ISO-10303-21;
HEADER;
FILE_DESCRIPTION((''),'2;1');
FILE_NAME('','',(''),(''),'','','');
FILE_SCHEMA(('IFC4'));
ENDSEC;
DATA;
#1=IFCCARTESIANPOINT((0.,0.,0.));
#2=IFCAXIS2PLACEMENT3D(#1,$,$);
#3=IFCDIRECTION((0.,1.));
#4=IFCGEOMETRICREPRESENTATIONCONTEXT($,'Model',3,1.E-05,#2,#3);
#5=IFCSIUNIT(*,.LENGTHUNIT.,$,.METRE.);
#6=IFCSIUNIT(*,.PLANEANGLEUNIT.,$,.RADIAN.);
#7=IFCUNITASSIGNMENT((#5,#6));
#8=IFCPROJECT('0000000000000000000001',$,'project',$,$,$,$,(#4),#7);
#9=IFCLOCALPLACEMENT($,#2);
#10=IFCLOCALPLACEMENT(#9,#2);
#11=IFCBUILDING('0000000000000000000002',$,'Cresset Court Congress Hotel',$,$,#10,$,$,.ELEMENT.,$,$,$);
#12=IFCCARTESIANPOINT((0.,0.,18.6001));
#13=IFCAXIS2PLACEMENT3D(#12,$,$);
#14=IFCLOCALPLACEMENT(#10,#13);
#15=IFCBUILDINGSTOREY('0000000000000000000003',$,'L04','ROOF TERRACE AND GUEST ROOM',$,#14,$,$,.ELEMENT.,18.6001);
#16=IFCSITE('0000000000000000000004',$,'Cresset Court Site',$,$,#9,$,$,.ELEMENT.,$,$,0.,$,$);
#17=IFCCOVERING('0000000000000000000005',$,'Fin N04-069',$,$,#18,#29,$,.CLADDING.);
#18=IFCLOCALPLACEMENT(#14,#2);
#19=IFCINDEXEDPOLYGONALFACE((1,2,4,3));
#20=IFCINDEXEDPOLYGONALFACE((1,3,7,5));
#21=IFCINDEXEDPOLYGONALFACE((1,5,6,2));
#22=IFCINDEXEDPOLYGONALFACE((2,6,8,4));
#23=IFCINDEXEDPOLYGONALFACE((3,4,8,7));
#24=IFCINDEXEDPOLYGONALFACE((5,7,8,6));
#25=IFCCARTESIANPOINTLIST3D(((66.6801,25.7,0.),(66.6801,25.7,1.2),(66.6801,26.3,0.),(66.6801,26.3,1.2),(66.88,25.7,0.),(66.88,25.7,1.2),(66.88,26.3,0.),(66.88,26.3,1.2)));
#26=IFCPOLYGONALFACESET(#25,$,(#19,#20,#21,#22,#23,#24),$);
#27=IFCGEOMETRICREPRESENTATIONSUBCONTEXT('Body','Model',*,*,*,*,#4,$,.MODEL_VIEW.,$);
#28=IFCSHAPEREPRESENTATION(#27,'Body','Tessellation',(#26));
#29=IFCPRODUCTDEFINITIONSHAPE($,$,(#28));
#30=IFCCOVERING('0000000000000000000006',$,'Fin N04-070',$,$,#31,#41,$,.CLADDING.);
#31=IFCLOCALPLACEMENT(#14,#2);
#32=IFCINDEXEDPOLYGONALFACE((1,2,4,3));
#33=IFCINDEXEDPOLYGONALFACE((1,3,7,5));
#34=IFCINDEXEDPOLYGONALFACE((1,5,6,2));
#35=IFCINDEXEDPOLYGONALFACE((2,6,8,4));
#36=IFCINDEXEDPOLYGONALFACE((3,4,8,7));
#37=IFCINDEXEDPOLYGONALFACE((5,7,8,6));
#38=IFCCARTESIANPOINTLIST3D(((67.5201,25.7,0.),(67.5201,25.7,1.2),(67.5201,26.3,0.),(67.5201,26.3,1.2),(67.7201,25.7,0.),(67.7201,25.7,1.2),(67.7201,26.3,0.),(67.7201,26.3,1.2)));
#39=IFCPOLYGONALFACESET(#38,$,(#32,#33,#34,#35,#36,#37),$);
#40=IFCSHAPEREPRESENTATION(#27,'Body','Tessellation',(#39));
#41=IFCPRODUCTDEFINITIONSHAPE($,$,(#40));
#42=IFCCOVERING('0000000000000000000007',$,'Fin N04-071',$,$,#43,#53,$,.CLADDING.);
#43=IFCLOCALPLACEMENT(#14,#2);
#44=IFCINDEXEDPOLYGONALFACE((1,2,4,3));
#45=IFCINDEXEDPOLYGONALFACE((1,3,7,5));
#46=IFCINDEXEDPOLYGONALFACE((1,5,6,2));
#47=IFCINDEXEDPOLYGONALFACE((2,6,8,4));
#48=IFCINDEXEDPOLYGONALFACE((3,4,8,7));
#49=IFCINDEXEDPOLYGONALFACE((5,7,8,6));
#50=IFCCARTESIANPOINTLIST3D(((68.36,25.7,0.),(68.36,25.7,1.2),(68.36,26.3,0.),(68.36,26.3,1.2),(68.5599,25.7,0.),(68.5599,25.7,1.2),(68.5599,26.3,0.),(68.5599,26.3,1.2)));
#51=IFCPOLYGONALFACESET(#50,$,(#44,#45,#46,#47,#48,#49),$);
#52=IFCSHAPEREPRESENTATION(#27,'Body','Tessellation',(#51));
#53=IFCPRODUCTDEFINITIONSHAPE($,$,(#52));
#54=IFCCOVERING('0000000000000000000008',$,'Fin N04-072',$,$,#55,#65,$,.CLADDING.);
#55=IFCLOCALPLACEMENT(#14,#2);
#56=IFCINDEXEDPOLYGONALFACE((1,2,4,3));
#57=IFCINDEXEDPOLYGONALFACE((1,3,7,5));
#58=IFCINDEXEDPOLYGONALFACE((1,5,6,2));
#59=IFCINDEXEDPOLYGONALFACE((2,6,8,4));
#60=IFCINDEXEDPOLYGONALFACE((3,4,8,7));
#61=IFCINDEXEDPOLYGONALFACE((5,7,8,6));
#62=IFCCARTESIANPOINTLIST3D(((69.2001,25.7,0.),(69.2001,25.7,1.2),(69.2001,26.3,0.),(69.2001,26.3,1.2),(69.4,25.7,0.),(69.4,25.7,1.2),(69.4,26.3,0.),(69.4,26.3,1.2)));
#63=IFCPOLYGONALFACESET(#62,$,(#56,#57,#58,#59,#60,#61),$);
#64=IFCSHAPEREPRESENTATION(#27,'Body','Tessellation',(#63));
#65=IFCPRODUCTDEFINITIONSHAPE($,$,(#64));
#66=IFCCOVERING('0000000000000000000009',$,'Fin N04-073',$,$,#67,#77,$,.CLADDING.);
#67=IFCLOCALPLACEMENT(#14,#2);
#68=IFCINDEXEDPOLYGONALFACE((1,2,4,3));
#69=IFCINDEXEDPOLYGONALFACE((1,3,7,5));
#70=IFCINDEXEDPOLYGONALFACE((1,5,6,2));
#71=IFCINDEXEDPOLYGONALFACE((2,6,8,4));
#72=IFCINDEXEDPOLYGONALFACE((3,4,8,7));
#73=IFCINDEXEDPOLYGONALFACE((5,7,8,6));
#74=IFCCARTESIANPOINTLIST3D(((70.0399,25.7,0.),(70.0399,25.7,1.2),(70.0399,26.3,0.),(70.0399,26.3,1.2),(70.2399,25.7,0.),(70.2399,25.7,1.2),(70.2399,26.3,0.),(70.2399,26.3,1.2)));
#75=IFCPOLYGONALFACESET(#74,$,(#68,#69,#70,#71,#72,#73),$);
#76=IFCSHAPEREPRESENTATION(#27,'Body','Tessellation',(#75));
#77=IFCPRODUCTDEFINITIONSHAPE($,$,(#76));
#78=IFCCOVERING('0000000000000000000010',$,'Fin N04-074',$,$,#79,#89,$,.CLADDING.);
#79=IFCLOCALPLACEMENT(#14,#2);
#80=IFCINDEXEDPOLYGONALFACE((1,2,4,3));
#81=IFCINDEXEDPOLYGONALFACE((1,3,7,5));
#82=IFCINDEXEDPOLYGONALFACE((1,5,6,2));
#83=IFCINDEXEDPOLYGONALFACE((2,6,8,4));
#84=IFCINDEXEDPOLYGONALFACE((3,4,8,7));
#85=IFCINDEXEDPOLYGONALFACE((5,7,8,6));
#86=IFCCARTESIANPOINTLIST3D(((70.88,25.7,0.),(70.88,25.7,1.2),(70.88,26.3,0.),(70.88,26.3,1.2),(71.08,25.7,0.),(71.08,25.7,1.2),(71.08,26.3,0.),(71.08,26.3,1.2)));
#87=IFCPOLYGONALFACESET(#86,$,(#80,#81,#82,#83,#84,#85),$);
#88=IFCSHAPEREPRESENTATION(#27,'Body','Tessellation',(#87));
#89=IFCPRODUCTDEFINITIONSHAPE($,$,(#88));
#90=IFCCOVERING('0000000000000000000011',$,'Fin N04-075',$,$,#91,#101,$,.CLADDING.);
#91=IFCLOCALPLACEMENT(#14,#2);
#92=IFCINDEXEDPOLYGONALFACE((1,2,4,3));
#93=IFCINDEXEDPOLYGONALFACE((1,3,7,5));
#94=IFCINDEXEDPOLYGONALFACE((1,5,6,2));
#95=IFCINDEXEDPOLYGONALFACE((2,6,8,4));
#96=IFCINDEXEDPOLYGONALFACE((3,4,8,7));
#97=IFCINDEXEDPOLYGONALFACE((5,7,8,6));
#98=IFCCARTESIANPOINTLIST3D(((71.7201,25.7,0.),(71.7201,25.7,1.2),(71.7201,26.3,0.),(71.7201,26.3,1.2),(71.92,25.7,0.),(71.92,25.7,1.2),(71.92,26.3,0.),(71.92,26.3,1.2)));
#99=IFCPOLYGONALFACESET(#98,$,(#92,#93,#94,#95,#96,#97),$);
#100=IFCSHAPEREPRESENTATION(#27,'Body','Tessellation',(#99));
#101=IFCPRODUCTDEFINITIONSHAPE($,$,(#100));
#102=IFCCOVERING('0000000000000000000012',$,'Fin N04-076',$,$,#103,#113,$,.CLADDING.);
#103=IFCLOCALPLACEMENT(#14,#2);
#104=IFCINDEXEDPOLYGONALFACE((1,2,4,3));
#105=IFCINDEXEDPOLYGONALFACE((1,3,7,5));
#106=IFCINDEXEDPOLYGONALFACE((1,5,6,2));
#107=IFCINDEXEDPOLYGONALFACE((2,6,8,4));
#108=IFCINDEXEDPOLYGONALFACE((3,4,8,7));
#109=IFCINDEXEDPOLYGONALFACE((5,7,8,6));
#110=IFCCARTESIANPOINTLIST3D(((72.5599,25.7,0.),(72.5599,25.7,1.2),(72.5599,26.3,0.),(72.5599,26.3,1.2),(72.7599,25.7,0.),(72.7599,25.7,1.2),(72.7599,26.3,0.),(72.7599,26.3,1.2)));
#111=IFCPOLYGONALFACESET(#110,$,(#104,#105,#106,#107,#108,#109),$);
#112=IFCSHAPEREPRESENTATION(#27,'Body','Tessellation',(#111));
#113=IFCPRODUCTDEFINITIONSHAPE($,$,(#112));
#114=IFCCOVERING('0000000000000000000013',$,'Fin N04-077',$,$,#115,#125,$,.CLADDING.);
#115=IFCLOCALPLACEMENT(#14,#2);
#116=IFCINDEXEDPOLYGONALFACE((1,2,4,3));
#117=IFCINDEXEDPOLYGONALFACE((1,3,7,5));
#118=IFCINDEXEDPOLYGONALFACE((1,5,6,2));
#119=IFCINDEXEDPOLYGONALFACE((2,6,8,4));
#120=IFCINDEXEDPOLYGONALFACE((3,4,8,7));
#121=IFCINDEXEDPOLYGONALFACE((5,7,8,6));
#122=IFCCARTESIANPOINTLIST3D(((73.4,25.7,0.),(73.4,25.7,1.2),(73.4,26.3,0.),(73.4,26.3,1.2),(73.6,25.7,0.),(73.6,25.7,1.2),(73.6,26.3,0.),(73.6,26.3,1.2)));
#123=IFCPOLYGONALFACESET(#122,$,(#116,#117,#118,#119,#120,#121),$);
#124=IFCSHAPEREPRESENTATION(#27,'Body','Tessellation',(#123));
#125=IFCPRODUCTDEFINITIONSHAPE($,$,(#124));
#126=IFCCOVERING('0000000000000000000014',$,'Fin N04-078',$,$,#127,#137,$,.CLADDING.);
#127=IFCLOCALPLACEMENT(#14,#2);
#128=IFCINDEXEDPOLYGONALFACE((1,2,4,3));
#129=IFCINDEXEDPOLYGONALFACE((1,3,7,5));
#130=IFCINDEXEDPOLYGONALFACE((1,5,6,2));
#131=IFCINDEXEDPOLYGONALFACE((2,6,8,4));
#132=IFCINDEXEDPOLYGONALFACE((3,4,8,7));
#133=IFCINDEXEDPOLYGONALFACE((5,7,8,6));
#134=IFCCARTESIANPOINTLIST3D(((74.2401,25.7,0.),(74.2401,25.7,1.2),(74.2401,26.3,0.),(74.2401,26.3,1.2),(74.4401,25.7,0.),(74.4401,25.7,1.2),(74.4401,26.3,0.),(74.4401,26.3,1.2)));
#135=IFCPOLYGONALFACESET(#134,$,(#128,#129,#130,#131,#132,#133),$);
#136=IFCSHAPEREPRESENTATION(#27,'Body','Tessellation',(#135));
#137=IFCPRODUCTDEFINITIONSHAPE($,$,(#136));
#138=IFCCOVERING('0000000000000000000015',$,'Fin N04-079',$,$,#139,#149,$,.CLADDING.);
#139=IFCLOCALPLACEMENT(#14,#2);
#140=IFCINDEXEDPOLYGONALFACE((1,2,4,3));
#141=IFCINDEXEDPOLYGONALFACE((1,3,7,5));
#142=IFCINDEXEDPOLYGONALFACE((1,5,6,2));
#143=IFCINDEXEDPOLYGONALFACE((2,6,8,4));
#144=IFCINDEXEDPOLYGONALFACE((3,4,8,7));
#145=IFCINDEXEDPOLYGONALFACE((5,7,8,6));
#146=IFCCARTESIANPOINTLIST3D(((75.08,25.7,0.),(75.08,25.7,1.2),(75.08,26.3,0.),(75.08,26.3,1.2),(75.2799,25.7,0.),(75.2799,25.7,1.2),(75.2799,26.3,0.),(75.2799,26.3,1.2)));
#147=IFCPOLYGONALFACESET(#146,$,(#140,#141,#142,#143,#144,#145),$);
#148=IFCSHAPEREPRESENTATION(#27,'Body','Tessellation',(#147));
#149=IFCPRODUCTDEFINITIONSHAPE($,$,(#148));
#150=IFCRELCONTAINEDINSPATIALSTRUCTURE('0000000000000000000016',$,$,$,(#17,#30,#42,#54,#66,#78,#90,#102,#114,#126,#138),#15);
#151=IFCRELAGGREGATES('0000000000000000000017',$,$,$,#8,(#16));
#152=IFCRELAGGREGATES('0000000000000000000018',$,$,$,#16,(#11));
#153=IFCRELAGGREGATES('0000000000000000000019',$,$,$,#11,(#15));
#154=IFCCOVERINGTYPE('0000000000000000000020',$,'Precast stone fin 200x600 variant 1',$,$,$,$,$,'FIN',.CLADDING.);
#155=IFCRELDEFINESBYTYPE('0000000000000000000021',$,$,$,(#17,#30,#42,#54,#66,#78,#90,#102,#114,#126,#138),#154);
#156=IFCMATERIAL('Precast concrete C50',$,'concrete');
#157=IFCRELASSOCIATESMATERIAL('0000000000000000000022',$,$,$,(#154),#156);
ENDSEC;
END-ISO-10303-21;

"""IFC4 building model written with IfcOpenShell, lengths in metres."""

from ifc_helpers import new_model, si_unit, direction, frame, origin, origin_2d, place, context, subcontext, project, spatial, rectangle, extrude, material, type_object, element, save


model = new_model("IFC4")

# Units and contexts
model_context = context("Model", 3, precision=1e-05, world=origin(), true_north=direction((0.0, 1.0)))
body_context = subcontext(model_context, "Body", "Model", "MODEL_VIEW")
ifc_project = project(units=[si_unit("LENGTHUNIT", "METRE"), si_unit("PLANEANGLEUNIT", "RADIAN")], contexts=[model_context])

# Site, building, storey
site_placement = place(None, origin())
site = spatial("IfcSite", under=ifc_project, at=site_placement, Name="Cresset Court Site", CompositionType="ELEMENT", RefElevation=0.0)
building_placement = place(site_placement, origin())
building = spatial("IfcBuilding", under=site, at=building_placement, Name="Cresset Court Congress Hotel", CompositionType="ELEMENT")
storey_placement = place(building_placement, frame((0.0, 0.0, 18.6001)))
storey = spatial("IfcBuildingStorey", under=building, at=storey_placement, Name="L04", Description="ROOF TERRACE AND GUEST ROOM", CompositionType="ELEMENT", Elevation=18.6001)

# Coverings
ifc_material_1 = material(Name="Precast concrete C50", Category="concrete")
covering_type = type_object("IfcCoveringType", Name="Precast stone fin 200x600 variant 1", ElementType="FIN", PredefinedType="CLADDING", material=ifc_material_1)
for number, where, z_axis, x_axis, name in (
    (1, (66.78, 26.0, 0.0), (0.0, 0.0, 1.0), (1.0, 0.0, 0.0), "Fin N04-069"),
    (2, (67.6201, 26.0, 0.0), (0.0, 0.0, 1.0), (1.0, 0.0, 0.0), "Fin N04-070"),
    (3, (68.46, 26.0, 0.0), (0.0, 0.0, 1.0), (1.0, 0.0, 0.0), "Fin N04-071"),
    (4, (69.3, 26.0, 0.0), (0.0, 0.0, 1.0), (1.0, 0.0, 0.0), "Fin N04-072"),
    (5, (70.1399, 26.0, 0.0), (0.0, 0.0, 1.0), (1.0, 0.0, 0.0), "Fin N04-073"),
    (6, (70.98, 26.0, 0.0), (0.0, 0.0, 1.0), (1.0, 0.0, 0.0), "Fin N04-074"),
    (7, (71.8201, 26.0, 0.0), (0.0, 0.0, 1.0), (1.0, 0.0, 0.0), "Fin N04-075"),
    (8, (72.6599, 26.0, 0.0), (0.0, 0.0, 1.0), (1.0, 0.0, 0.0), "Fin N04-076"),
    (9, (73.5, 26.0, 0.0), (0.0, 0.0, 1.0), (1.0, 0.0, 0.0), "Fin N04-077"),
    (10, (74.3401, 26.0, 0.0), (0.0, 0.0, 1.0), (1.0, 0.0, 0.0), "Fin N04-078"),
    (11, (75.1799, 26.0, 0.0), (0.0, 0.0, 1.0), (1.0, 0.0, 0.0), "Fin N04-079"),
):
    element("IfcCovering", number, at=place(storey_placement, frame(where, z_axis=z_axis, x_axis=x_axis)), inside=storey, type_object=covering_type, Name=name, PredefinedType="CLADDING", context=body_context, shape_type="SweptSolid", body=[
        extrude(rectangle(XDim=0.2, YDim=0.6001, at=origin_2d()), origin(), (0.0, 0.0, 1.0), 1.2),
    ])

save(model, "model.ifc")
